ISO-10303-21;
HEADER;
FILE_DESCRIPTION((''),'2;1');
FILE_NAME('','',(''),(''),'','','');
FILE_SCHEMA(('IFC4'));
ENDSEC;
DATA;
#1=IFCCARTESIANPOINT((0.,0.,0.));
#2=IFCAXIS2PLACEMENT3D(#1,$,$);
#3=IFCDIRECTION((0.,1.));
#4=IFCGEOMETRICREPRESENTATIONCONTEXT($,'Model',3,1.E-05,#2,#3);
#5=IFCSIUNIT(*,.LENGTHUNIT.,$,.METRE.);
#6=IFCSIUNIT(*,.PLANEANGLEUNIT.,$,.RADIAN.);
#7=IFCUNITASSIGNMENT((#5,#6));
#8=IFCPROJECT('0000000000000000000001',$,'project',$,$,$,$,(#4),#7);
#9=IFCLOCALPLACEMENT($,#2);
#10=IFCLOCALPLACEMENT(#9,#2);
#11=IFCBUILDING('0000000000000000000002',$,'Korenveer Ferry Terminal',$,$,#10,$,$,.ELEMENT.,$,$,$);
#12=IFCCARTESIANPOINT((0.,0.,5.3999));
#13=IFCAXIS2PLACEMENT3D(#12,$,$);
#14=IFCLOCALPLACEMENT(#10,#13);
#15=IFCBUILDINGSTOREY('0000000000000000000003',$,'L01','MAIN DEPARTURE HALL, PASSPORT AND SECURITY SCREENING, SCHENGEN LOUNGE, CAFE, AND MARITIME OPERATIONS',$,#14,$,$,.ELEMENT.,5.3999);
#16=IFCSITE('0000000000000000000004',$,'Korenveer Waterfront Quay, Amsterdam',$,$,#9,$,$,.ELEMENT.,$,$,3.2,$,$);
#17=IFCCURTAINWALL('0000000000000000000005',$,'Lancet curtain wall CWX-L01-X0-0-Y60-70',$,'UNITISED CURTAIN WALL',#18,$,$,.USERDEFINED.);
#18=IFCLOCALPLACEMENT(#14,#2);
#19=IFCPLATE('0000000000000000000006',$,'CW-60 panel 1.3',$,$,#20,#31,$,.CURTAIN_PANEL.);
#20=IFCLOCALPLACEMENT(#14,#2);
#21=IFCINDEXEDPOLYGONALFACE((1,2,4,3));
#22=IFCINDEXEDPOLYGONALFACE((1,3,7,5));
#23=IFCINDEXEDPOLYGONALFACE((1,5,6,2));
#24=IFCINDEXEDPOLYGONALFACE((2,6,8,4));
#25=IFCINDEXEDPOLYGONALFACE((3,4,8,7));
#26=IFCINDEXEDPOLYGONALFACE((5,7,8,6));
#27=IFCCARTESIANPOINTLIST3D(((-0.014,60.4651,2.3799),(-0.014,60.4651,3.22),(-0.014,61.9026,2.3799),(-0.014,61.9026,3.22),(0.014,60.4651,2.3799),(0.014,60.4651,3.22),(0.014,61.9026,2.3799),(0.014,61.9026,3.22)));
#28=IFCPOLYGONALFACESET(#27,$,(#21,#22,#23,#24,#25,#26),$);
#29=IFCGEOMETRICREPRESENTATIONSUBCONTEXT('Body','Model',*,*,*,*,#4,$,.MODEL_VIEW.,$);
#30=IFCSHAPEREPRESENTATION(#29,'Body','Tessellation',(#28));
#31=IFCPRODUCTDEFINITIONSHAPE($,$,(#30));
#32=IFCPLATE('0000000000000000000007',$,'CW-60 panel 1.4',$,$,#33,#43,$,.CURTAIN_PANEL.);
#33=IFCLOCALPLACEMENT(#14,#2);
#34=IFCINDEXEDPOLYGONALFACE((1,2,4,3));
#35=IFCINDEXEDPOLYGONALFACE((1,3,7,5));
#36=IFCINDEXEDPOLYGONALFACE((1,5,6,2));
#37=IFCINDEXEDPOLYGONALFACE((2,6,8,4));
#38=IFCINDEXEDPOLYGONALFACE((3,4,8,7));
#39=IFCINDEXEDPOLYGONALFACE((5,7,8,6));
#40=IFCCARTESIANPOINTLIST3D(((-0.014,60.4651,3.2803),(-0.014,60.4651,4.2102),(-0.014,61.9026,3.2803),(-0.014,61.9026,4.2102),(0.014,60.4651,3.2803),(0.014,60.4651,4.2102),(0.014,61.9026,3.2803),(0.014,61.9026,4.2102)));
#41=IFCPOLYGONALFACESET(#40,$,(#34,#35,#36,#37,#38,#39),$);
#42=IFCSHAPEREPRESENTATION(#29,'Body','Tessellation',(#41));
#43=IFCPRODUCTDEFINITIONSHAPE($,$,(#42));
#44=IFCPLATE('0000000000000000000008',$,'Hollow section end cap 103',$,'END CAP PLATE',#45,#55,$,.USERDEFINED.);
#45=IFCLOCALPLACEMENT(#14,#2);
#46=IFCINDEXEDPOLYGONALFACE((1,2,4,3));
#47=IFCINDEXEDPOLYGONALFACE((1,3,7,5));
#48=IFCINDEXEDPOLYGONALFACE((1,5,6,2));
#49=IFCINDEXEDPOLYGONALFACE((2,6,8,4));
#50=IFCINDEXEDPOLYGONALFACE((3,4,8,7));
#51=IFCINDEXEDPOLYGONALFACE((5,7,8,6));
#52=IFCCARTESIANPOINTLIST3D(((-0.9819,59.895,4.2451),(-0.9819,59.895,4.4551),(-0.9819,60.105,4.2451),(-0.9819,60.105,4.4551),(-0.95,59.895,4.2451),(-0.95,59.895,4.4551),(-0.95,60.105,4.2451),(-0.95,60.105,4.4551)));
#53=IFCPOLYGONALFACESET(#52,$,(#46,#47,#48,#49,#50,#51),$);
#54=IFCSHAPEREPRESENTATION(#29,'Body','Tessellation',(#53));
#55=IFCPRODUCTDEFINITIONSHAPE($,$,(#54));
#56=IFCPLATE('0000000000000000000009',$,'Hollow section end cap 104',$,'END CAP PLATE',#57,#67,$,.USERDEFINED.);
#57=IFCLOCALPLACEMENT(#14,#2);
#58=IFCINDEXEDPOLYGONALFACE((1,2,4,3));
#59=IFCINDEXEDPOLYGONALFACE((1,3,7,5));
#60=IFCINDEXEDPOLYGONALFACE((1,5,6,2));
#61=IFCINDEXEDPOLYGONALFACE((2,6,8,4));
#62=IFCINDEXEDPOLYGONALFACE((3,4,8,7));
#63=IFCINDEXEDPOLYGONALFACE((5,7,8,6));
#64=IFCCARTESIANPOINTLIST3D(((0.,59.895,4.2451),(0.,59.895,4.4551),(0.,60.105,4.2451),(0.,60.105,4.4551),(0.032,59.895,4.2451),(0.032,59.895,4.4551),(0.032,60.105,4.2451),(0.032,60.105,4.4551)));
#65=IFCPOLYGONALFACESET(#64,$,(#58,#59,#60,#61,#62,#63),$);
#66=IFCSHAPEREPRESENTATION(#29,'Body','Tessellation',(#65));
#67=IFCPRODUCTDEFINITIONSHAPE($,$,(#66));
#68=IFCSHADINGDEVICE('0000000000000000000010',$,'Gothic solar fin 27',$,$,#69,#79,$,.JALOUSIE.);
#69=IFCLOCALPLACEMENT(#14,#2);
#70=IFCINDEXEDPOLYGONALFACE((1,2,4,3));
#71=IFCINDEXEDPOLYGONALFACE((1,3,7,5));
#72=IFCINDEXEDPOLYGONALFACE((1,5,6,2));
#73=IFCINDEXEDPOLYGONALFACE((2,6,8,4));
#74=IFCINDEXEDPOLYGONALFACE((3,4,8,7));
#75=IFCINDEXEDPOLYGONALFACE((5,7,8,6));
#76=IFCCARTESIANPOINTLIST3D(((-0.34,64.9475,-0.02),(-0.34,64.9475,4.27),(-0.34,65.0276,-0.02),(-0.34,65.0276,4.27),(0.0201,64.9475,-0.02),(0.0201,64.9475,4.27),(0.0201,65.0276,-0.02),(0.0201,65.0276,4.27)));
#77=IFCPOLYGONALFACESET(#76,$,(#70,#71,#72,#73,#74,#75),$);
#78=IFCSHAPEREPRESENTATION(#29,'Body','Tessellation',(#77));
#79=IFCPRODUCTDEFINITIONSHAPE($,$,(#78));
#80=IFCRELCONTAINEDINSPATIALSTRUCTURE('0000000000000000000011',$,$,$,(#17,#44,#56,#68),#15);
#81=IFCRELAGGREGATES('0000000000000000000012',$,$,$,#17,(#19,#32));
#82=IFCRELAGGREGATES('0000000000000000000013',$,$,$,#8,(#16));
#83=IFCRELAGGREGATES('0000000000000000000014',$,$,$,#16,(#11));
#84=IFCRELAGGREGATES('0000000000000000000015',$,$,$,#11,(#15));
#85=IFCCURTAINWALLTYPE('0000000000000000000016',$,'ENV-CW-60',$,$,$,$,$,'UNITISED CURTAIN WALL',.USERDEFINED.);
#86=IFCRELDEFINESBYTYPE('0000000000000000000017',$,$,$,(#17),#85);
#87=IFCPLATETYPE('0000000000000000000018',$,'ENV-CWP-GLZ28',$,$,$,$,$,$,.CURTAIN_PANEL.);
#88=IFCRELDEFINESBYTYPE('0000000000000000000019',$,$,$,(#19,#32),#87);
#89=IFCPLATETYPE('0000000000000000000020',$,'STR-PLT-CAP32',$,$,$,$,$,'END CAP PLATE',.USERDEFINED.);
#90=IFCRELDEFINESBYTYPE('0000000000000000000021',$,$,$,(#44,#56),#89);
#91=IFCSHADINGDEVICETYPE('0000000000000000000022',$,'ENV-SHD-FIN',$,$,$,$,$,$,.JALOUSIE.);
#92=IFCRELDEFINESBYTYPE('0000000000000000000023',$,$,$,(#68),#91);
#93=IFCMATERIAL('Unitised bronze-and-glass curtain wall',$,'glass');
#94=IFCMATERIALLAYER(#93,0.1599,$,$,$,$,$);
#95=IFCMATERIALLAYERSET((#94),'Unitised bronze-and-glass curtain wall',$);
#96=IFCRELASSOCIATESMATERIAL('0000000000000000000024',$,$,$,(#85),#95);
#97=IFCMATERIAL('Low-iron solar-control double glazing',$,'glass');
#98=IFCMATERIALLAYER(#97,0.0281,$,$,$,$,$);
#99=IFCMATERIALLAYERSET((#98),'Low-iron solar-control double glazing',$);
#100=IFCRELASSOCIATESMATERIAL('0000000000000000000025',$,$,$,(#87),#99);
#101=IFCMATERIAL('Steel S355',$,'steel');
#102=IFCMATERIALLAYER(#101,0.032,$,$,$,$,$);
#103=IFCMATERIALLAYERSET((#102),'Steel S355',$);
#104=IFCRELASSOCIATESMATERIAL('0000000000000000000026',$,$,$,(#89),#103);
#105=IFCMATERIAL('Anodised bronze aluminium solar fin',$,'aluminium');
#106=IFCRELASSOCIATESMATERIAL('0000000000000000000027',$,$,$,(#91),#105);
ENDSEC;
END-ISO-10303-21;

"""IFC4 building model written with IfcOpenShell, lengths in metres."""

from ifc_helpers import new_model, si_unit, direction, frame, origin, origin_2d, place, context, subcontext, project, spatial, rectangle, extrude, material, layer, layer_set, type_object, element, aggregate, save


model = new_model("IFC4")

# Units and contexts
model_context = context("Model", 3, precision=1e-05, world=origin(), true_north=direction((0.0, 1.0)))
body_context = subcontext(model_context, "Body", "Model", "MODEL_VIEW")
ifc_project = project(units=[si_unit("LENGTHUNIT", "METRE"), si_unit("PLANEANGLEUNIT", "RADIAN")], contexts=[model_context])

# Site, building, storey
site_placement = place(None, origin())
site = spatial("IfcSite", under=ifc_project, at=site_placement, Name="Korenveer Waterfront Quay, Amsterdam", CompositionType="ELEMENT", RefElevation=3.2)
building_placement = place(site_placement, origin())
building = spatial("IfcBuilding", under=site, at=building_placement, Name="Korenveer Ferry Terminal", CompositionType="ELEMENT")
storey_placement = place(building_placement, frame((0.0, 0.0, 5.3999)))
storey = spatial("IfcBuildingStorey", under=building, at=storey_placement, Name="L01", Description="MAIN DEPARTURE HALL, PASSPORT AND SECURITY SCREENING, SCHENGEN LOUNGE, CAFE, AND MARITIME OPERATIONS", CompositionType="ELEMENT", Elevation=5.3999)

# Shared definitions
ifc_material_1 = material(Name="Steel S355", Category="steel")

# Curtain wall
ifc_material_2 = material(Name="Unitised bronze-and-glass curtain wall", Category="glass")
ifc_layer_1 = layer(ifc_material_2, 0.1599)
ifc_layer_set_1 = layer_set([ifc_layer_1], Name="Unitised bronze-and-glass curtain wall")
curtain_wall_type_1 = type_object("IfcCurtainWallType", Name="ENV-CW-60", ElementType="UNITISED CURTAIN WALL", PredefinedType="USERDEFINED", material=ifc_layer_set_1)
curtain_wall_1_placement = place(storey_placement, frame((0.0, 60.405, 0.0)))
curtain_wall_1 = element("IfcCurtainWall", 1, at=curtain_wall_1_placement, inside=storey, type_object=curtain_wall_type_1, Name="Lancet curtain wall CWX-L01-X0-0-Y60-70", ObjectType="UNITISED CURTAIN WALL", PredefinedType="USERDEFINED")

# Plates
ifc_material_3 = material(Name="Low-iron solar-control double glazing", Category="glass")
ifc_layer_2 = layer(ifc_material_3, 0.0281)
ifc_layer_set_2 = layer_set([ifc_layer_2], Name="Low-iron solar-control double glazing")
plate_type_1 = type_object("IfcPlateType", Name="ENV-CWP-GLZ28", PredefinedType="CURTAIN_PANEL", material=ifc_layer_set_2)
plate_1_placement = place(storey_placement, frame((0.0, 61.1838, 2.3799), z_axis=(0.0, 0.0, 1.0), x_axis=(0.0, 1.0, 0.0)))
plate_1 = element("IfcPlate", 2, at=plate_1_placement, type_object=plate_type_1, Name="CW-60 panel 1.3", PredefinedType="CURTAIN_PANEL", context=body_context, shape_type="SweptSolid", body=[
    extrude(rectangle(XDim=1.4375, YDim=0.0281, at=origin_2d()), origin(), (0.0, 0.0, 1.0), 0.8401),
])
plate_2_placement = place(storey_placement, frame((0.0, 61.1838, 3.2803), z_axis=(0.0, 0.0, 1.0), x_axis=(0.0, 1.0, 0.0)))
plate_2 = element("IfcPlate", 3, at=plate_2_placement, type_object=plate_type_1, Name="CW-60 panel 1.4", PredefinedType="CURTAIN_PANEL", context=body_context, shape_type="SweptSolid", body=[
    extrude(rectangle(XDim=1.4375, YDim=0.0281, at=origin_2d()), origin(), (0.0, 0.0, 1.0), 0.9299),
])
aggregate(curtain_wall_1, [plate_1, plate_2])

# Plates
ifc_layer_3 = layer(ifc_material_1, 0.032)
ifc_layer_set_3 = layer_set([ifc_layer_3], Name="Steel S355")
plate_type_2 = type_object("IfcPlateType", Name="STR-PLT-CAP32", ElementType="END CAP PLATE", PredefinedType="USERDEFINED", material=ifc_layer_set_3)
for number, where, z_axis, x_axis, name in (
    (4, (-0.9819, 60.0, 4.3501), (1.0, 0.0, 0.0), (0.0, 1.0, 0.0), "Hollow section end cap 103"),
    (5, (0.0, 60.0, 4.3501), (1.0, 0.0, 0.0), (0.0, 1.0, 0.0), "Hollow section end cap 104"),
):
    element("IfcPlate", number, at=place(storey_placement, frame(where, z_axis=z_axis, x_axis=x_axis)), inside=storey, type_object=plate_type_2, Name=name, ObjectType="END CAP PLATE", PredefinedType="USERDEFINED", context=body_context, shape_type="SweptSolid", body=[
        extrude(rectangle(XDim=0.21, YDim=0.21, at=origin_2d()), origin(), (0.0, 0.0, 1.0), 0.032),
    ])

# Shading device
ifc_material_4 = material(Name="Anodised bronze aluminium solar fin", Category="aluminium")
shading_device_type = type_object("IfcShadingDeviceType", Name="ENV-SHD-FIN", PredefinedType="JALOUSIE", material=ifc_material_4)
shading_device_placement = place(storey_placement, frame((-0.1599, 64.9875, -0.02), z_axis=(0.0, 0.0, 1.0), x_axis=(1.0, 0.0, 0.0)))
element("IfcShadingDevice", 6, at=shading_device_placement, inside=storey, type_object=shading_device_type, Name="Gothic solar fin 27", PredefinedType="JALOUSIE", context=body_context, shape_type="SweptSolid", body=[
    extrude(rectangle(XDim=0.3601, YDim=0.0801, at=origin_2d()), origin(), (0.0, 0.0, 1.0), 4.29),
])

save(model, "model.ifc")
